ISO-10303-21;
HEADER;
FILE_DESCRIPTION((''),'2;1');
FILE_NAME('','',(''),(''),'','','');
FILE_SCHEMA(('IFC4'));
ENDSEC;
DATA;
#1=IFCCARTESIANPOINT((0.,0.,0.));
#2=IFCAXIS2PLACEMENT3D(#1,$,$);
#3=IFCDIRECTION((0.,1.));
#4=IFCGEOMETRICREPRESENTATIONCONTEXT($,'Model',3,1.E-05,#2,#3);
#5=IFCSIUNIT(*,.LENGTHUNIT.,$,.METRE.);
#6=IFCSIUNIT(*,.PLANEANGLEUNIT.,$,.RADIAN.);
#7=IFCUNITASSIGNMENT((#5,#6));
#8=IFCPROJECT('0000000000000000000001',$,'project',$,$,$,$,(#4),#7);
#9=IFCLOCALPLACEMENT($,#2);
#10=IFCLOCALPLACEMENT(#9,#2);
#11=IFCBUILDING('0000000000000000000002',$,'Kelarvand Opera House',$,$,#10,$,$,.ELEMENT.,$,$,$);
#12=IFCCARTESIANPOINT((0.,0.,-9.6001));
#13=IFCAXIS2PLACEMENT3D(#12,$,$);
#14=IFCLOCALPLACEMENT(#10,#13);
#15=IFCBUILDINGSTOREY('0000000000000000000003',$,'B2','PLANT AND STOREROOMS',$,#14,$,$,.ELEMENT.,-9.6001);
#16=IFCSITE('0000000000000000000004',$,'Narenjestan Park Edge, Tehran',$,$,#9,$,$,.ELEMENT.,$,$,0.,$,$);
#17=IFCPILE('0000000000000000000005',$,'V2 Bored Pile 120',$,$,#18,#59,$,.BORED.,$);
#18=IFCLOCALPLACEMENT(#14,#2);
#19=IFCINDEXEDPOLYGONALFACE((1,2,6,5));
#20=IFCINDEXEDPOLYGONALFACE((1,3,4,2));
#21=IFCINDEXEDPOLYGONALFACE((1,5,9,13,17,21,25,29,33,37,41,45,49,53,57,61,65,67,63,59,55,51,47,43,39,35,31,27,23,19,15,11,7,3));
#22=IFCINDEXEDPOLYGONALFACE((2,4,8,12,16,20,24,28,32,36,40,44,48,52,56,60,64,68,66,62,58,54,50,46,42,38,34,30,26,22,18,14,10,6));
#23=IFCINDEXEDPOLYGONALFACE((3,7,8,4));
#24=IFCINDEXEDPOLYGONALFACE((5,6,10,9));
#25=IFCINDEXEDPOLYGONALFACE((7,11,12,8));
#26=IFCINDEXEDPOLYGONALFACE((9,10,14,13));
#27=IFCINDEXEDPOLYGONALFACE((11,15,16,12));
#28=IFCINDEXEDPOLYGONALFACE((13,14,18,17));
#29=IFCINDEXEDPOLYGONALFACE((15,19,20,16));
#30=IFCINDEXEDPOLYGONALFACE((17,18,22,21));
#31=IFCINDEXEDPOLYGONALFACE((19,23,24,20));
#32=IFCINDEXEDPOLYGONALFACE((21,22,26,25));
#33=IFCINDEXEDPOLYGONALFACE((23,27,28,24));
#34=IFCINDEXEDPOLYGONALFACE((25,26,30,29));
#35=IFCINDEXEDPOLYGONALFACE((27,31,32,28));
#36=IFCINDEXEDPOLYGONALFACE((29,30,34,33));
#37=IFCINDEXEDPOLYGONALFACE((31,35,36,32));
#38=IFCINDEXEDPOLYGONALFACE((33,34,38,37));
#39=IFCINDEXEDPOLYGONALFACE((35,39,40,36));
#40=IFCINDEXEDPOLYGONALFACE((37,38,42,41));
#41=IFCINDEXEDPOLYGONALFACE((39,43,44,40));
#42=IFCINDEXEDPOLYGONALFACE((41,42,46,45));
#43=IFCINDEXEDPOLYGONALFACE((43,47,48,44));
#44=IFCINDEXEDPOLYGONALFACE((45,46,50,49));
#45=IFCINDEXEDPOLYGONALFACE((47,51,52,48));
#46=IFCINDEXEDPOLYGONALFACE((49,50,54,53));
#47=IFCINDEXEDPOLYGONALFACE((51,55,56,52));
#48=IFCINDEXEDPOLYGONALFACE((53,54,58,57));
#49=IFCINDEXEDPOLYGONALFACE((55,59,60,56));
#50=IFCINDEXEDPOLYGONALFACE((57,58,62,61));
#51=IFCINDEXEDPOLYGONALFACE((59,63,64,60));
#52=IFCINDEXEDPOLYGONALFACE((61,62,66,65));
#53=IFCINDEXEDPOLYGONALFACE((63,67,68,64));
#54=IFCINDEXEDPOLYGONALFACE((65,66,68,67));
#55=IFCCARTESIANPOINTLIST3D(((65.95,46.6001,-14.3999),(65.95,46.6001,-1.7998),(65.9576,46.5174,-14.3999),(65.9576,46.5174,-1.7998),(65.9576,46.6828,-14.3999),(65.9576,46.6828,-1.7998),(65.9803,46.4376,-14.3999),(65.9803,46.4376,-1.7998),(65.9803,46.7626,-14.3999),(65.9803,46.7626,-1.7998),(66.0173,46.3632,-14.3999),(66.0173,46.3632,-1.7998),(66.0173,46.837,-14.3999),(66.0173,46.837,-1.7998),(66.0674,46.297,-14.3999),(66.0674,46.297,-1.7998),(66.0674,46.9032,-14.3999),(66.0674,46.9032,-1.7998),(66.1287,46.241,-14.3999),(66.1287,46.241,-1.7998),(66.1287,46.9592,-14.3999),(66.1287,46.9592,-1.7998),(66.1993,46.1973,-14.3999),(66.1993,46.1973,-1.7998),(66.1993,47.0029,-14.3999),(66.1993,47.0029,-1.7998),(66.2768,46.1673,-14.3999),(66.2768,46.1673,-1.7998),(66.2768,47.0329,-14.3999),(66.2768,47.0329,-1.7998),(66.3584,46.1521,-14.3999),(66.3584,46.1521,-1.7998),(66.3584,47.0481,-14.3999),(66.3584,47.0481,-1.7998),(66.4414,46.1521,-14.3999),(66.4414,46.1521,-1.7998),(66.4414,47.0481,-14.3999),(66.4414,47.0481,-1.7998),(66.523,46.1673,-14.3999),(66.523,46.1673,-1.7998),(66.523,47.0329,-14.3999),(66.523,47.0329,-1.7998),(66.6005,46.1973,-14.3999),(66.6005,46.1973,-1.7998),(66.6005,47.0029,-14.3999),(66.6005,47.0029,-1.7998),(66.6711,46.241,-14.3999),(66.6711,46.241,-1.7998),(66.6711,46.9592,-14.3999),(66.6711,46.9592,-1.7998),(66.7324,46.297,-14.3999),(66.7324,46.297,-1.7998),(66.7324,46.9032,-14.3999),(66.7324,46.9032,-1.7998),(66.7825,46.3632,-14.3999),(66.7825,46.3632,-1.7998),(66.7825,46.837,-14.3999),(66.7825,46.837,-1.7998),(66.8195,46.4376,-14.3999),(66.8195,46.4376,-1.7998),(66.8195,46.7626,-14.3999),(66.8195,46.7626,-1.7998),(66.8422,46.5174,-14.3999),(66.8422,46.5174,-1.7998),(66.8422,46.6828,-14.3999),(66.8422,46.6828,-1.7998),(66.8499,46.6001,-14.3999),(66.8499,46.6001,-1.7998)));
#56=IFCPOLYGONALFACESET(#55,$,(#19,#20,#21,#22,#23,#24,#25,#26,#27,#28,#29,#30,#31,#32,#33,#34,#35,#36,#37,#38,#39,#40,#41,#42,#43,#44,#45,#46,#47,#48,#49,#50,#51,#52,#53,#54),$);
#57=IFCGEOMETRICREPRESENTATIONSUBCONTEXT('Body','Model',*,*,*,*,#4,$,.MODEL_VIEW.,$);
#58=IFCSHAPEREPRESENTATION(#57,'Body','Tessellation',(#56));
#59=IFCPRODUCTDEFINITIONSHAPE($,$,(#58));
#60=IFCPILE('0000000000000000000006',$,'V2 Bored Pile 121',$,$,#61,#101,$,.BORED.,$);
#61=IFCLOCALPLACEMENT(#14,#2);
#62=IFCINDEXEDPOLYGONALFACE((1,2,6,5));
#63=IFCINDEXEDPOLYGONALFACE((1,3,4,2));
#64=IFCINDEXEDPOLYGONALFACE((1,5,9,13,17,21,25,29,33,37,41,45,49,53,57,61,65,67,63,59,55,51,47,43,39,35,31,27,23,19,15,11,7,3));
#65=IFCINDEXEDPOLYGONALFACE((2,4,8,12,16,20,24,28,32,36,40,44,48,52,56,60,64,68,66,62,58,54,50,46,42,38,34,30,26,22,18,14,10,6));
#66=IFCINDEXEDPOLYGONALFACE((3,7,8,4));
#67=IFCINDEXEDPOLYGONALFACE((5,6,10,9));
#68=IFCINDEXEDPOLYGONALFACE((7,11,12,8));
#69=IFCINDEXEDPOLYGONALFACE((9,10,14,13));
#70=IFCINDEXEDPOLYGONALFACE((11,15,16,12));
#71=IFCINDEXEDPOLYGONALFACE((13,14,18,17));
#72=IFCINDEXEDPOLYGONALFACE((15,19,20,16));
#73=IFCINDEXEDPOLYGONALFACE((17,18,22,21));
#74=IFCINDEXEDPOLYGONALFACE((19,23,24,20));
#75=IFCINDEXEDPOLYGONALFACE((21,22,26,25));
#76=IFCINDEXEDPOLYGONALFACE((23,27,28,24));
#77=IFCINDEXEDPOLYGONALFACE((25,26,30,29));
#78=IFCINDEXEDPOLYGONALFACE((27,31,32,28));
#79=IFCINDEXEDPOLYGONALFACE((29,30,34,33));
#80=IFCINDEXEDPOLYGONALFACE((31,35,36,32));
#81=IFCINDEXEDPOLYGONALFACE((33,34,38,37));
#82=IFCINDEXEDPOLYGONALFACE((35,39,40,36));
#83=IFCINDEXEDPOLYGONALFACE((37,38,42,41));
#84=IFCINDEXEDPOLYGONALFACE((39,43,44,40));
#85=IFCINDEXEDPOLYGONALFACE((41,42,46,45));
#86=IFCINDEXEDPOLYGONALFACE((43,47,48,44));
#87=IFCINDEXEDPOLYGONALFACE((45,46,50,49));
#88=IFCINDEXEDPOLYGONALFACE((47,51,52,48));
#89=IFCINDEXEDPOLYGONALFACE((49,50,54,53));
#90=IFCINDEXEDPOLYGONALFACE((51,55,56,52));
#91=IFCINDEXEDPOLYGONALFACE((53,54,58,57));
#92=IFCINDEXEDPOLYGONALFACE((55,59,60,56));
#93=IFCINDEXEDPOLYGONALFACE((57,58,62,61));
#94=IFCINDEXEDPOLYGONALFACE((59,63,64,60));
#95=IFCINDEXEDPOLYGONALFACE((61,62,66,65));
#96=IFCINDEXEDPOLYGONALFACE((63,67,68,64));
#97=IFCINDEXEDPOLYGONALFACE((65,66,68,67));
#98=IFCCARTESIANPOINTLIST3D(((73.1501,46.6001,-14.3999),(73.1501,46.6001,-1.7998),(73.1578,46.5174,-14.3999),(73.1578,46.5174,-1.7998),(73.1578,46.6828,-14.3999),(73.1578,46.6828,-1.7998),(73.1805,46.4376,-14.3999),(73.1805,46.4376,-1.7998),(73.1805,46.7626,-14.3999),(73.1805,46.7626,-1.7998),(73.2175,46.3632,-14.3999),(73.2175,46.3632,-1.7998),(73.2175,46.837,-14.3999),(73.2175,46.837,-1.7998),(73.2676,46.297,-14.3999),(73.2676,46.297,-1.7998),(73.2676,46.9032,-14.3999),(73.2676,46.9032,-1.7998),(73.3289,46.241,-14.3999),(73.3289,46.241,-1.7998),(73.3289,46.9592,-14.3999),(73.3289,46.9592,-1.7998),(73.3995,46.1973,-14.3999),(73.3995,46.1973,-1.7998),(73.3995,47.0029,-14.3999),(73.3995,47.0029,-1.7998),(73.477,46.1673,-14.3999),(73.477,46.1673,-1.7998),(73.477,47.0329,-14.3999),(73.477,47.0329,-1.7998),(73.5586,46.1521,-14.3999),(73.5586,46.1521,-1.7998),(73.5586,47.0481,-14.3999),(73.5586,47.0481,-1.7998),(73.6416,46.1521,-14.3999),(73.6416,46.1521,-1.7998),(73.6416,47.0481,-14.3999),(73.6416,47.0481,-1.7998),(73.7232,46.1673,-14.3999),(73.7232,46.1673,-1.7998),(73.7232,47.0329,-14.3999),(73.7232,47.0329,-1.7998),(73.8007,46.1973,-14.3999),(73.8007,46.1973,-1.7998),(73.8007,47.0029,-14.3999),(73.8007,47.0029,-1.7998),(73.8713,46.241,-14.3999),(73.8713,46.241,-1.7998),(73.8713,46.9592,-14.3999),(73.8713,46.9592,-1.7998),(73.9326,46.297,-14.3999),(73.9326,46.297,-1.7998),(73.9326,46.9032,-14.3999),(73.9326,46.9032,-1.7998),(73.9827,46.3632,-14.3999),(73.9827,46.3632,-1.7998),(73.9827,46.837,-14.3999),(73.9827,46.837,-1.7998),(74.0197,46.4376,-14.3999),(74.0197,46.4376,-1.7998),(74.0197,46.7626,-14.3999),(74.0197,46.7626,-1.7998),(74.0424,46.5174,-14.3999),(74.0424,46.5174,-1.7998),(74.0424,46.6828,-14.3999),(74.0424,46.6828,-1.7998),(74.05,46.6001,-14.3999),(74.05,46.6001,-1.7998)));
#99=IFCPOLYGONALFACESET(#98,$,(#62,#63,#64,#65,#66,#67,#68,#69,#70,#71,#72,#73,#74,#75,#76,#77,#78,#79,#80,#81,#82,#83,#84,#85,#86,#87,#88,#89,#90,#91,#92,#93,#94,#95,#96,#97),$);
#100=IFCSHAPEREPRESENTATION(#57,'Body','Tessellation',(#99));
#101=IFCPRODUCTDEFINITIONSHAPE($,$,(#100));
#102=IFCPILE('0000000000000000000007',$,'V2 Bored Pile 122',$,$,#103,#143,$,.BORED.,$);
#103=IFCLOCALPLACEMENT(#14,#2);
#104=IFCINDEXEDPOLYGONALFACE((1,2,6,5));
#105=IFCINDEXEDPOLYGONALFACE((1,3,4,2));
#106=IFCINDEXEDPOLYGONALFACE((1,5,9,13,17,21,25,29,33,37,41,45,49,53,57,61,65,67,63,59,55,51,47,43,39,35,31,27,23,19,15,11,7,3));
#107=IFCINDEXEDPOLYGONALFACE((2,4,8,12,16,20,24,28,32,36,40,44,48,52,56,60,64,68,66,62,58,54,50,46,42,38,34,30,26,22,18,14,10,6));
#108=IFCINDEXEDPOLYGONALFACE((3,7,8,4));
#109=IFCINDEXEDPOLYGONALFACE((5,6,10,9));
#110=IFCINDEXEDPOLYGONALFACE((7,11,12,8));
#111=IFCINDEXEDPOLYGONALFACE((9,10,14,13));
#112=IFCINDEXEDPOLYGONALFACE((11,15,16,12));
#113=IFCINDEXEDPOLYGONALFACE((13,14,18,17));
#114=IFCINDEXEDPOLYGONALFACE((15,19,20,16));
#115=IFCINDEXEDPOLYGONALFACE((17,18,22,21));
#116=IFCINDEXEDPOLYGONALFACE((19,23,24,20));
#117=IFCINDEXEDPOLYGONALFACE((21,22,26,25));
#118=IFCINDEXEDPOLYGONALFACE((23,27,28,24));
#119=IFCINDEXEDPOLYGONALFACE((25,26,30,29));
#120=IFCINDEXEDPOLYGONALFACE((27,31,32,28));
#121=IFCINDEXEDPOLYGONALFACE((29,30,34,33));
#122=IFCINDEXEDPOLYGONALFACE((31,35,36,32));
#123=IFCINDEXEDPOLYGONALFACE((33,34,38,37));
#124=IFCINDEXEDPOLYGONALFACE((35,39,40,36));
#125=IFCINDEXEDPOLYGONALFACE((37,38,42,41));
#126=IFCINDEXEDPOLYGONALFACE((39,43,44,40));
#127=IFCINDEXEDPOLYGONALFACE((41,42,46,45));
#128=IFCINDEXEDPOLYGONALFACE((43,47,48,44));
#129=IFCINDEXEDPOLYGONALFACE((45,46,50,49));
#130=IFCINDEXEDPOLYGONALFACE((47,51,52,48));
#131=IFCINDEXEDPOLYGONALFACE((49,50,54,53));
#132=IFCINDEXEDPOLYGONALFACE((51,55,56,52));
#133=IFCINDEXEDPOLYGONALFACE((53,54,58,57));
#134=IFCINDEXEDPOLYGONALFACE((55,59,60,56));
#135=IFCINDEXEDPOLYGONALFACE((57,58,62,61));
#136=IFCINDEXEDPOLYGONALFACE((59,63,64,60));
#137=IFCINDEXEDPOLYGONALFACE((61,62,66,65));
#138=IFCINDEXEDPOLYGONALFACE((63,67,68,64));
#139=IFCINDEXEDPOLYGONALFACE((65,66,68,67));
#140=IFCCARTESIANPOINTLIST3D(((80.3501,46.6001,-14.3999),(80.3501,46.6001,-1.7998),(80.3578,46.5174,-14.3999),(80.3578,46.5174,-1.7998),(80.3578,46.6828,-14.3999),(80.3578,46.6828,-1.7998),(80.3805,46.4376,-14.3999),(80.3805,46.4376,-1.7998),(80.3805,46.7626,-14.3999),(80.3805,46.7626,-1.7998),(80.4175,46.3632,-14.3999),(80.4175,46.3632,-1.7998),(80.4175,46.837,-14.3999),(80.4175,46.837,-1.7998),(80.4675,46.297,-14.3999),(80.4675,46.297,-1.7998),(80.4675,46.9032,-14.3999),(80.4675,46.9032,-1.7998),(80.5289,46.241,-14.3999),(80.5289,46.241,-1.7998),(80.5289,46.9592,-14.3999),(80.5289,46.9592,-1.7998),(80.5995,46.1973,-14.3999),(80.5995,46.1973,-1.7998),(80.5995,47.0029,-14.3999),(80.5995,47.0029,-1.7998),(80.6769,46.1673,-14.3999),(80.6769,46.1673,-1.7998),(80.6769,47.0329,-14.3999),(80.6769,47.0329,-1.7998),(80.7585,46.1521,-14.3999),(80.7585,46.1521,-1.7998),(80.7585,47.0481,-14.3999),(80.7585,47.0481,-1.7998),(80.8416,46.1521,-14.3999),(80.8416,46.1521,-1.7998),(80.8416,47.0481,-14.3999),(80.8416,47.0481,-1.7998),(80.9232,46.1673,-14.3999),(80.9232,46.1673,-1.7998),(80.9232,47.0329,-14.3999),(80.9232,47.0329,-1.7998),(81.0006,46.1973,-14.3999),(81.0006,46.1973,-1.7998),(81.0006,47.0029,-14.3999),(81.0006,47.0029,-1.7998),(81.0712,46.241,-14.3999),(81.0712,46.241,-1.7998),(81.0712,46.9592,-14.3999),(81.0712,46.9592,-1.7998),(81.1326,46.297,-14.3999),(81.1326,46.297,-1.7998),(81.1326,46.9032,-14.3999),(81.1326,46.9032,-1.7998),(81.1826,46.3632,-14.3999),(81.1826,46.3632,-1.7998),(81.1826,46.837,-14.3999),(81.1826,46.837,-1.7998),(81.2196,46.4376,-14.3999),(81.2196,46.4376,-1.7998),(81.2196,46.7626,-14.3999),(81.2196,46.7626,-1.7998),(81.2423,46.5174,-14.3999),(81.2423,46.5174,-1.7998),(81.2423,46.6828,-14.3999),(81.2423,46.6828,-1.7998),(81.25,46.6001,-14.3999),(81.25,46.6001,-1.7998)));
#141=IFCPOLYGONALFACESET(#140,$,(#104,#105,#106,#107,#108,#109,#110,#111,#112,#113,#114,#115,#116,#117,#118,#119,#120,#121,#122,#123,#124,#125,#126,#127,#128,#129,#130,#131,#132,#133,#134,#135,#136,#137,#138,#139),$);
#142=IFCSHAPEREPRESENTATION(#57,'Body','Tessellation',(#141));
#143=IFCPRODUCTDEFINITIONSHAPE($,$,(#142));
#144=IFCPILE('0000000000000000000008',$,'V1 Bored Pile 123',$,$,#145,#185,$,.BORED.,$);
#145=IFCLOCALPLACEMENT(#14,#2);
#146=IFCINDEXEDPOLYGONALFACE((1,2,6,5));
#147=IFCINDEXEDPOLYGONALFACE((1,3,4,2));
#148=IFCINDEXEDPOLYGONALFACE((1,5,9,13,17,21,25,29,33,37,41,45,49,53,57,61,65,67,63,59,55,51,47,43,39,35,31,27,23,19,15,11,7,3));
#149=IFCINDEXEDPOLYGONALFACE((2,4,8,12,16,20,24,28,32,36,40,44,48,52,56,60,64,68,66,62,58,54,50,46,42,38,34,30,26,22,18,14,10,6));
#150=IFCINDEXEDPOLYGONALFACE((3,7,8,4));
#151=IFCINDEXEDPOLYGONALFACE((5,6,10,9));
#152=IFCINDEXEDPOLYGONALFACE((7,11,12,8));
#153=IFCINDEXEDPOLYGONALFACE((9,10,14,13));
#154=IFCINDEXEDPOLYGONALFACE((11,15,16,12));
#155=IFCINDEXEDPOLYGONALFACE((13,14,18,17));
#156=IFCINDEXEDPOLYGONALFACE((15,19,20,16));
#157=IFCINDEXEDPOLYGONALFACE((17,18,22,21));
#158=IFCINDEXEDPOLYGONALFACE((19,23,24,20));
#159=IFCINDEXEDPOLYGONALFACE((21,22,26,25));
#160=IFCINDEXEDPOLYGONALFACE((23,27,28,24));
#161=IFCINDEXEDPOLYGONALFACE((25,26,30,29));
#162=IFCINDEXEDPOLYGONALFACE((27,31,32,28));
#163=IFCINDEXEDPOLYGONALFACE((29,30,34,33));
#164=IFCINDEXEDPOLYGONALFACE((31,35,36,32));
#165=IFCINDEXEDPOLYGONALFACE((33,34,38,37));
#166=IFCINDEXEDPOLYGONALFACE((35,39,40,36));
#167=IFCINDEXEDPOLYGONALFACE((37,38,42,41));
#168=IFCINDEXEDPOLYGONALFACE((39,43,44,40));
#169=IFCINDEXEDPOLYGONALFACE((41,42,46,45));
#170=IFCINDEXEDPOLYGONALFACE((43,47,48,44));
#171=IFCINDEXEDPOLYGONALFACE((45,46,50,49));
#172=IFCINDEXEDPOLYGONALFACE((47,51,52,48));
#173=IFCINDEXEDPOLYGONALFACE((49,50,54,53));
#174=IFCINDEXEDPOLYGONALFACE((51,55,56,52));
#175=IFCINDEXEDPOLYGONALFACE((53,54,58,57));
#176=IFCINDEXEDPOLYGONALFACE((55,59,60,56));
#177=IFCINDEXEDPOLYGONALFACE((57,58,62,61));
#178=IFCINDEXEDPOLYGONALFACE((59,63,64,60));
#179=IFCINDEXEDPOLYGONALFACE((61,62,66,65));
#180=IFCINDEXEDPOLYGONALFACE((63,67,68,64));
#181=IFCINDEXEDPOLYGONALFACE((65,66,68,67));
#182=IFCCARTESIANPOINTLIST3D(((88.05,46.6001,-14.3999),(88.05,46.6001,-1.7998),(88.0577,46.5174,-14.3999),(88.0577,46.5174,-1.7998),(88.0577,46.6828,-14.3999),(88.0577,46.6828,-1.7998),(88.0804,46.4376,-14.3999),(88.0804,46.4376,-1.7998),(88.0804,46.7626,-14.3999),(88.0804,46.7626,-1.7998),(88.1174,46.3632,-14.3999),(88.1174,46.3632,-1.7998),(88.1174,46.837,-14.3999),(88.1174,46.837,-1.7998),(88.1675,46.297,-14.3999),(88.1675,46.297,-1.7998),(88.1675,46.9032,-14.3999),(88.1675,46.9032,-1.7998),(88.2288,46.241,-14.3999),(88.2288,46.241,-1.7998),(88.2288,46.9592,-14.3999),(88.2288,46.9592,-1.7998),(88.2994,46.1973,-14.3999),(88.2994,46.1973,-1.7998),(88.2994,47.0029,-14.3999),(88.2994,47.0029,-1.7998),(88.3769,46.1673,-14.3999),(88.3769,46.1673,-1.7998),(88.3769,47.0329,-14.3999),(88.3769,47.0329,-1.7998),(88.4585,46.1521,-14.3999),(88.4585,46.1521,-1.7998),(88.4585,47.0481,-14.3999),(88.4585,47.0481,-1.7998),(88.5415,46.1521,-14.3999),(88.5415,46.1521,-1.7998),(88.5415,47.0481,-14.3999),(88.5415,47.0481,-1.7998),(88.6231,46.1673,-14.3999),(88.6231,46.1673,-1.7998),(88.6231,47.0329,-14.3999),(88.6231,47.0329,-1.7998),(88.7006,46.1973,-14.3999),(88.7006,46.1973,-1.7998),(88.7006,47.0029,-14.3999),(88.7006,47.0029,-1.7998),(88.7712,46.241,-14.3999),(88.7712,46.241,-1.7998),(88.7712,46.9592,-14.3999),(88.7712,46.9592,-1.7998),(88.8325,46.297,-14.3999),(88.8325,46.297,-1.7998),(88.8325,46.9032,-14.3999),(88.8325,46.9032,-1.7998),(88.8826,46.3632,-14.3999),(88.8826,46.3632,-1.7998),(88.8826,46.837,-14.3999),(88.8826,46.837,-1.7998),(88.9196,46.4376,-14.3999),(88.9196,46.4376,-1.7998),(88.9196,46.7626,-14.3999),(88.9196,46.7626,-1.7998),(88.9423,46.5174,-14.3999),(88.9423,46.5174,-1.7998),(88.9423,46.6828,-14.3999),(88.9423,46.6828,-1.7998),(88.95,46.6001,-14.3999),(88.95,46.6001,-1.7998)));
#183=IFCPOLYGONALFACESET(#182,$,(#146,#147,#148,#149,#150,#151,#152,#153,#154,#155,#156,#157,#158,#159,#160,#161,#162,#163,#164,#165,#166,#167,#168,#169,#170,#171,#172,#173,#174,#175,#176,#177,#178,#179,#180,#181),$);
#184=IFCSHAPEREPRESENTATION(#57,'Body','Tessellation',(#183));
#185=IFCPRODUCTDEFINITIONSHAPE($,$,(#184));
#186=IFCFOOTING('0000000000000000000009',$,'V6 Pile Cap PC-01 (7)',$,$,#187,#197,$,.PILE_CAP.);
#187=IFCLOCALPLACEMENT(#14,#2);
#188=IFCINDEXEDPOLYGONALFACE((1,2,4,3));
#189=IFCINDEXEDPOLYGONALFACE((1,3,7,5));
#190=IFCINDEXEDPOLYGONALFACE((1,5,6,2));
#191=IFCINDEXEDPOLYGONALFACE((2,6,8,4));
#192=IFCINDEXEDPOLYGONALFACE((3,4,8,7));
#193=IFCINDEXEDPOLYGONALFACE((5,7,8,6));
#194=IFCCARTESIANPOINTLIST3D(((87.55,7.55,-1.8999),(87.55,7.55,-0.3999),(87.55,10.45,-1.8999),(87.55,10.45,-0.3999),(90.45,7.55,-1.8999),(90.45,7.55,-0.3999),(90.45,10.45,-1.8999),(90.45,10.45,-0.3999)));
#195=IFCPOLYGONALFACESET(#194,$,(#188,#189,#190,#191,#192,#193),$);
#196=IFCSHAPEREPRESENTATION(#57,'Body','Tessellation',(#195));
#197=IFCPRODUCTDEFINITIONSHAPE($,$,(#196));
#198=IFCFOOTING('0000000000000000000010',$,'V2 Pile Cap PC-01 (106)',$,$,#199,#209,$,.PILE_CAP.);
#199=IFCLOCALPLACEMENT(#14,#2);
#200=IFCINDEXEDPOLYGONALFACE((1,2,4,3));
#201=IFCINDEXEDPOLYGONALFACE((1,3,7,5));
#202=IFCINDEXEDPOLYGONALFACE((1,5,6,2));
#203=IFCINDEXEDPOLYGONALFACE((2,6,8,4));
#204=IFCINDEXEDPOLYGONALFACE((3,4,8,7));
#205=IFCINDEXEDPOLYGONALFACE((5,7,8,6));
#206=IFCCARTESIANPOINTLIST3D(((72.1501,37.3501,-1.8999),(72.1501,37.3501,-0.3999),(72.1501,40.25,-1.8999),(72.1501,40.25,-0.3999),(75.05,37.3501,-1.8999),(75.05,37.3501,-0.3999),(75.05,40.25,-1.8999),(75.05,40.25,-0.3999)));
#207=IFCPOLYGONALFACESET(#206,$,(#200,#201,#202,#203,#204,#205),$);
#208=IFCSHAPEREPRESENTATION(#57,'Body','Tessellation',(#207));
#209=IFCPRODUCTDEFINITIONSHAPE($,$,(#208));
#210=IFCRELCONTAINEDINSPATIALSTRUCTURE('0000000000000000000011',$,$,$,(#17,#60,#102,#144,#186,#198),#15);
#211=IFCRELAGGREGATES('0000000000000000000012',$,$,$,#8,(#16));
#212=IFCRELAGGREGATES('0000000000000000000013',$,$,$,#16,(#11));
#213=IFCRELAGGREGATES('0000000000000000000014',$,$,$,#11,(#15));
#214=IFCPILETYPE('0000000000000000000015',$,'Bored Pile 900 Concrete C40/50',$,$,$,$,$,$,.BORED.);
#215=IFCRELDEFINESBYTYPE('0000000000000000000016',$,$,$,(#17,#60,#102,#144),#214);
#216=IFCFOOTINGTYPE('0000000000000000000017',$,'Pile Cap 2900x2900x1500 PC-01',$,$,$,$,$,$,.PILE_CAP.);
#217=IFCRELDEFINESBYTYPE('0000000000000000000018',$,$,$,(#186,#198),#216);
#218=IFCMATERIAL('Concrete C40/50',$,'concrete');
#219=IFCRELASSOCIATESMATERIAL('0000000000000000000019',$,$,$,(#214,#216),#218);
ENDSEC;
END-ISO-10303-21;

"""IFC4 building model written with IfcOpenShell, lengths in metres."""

from ifc_helpers import new_model, si_unit, direction, frame, origin, origin_2d, place, context, subcontext, project, spatial, rectangle, circle, extrude, material, material_profile, profile_set, type_object, element, save


model = new_model("IFC4")

# Units and contexts
model_context = context("Model", 3, precision=1e-05, world=origin(), true_north=direction((0.0, 1.0)))
body_context = subcontext(model_context, "Body", "Model", "MODEL_VIEW")
ifc_project = project(units=[si_unit("LENGTHUNIT", "METRE"), si_unit("PLANEANGLEUNIT", "RADIAN")], contexts=[model_context])

# Site, building, storey
site_placement = place(None, origin())
site = spatial("IfcSite", under=ifc_project, at=site_placement, Name="Narenjestan Park Edge, Tehran", CompositionType="ELEMENT", RefElevation=0.0)
building_placement = place(site_placement, origin())
building = spatial("IfcBuilding", under=site, at=building_placement, Name="Kelarvand Opera House", CompositionType="ELEMENT")
storey_placement = place(building_placement, frame((0.0, 0.0, -9.6001)))
storey = spatial("IfcBuildingStorey", under=building, at=storey_placement, Name="B2", Description="PLANT AND STOREROOMS", CompositionType="ELEMENT", Elevation=-9.6001)

# Piles
ifc_material_1 = material(Name="Concrete C40/50", Category="concrete")
ifc_material_profile_1 = material_profile(ifc_material_1, circle(Radius=0.45, at=origin_2d()), Name="BP 900", Category="concrete")
ifc_profile_set_1 = profile_set([ifc_material_profile_1], Name="Concrete C40/50")
pile_type_1 = type_object("IfcPileType", Name="Bored Pile 900 Concrete C40/50", PredefinedType="BORED", material=ifc_profile_set_1)
for number, where, z_axis, x_axis, name in (
    (1, (66.3999, 46.6001, -1.7998), (0.0, 0.0, -1.0), (1.0, 0.0, 0.0), "V2 Bored Pile 120"),
    (2, (73.6001, 46.6001, -1.7998), (0.0, 0.0, -1.0), (1.0, 0.0, 0.0), "V2 Bored Pile 121"),
    (3, (80.8, 46.6001, -1.7998), (0.0, 0.0, -1.0), (1.0, 0.0, 0.0), "V2 Bored Pile 122"),
    (4, (88.5, 46.6001, -1.7998), (0.0, 0.0, -1.0), (1.0, 0.0, 0.0), "V1 Bored Pile 123"),
):
    element("IfcPile", number, at=place(storey_placement, frame(where, z_axis=z_axis, x_axis=x_axis)), inside=storey, type_object=pile_type_1, Name=name, PredefinedType="BORED", context=body_context, shape_type="SweptSolid", body=[
        extrude(circle(Radius=0.45, at=origin_2d()), origin(), (0.0, 0.0, 1.0), 12.6001),
    ])

# Footings
footing_type_1 = type_object("IfcFootingType", Name="Pile Cap 2900x2900x1500 PC-01", PredefinedType="PILE_CAP", material=ifc_material_1)
for number, where, z_axis, x_axis, name in (
    (5, (89.0, 9.0, -1.8999), (0.0, 0.0, 1.0), (1.0, 0.0, 0.0), "V6 Pile Cap PC-01 (7)"),
    (6, (73.6001, 38.8, -1.8999), (0.0, 0.0, 1.0), (1.0, 0.0, 0.0), "V2 Pile Cap PC-01 (106)"),
):
    element("IfcFooting", number, at=place(storey_placement, frame(where, z_axis=z_axis, x_axis=x_axis)), inside=storey, type_object=footing_type_1, Name=name, PredefinedType="PILE_CAP", context=body_context, shape_type="SweptSolid", body=[
        extrude(rectangle(XDim=2.8999, YDim=2.8999, at=origin_2d()), origin(), (0.0, 0.0, 1.0), 1.5),
    ])

save(model, "model.ifc")
